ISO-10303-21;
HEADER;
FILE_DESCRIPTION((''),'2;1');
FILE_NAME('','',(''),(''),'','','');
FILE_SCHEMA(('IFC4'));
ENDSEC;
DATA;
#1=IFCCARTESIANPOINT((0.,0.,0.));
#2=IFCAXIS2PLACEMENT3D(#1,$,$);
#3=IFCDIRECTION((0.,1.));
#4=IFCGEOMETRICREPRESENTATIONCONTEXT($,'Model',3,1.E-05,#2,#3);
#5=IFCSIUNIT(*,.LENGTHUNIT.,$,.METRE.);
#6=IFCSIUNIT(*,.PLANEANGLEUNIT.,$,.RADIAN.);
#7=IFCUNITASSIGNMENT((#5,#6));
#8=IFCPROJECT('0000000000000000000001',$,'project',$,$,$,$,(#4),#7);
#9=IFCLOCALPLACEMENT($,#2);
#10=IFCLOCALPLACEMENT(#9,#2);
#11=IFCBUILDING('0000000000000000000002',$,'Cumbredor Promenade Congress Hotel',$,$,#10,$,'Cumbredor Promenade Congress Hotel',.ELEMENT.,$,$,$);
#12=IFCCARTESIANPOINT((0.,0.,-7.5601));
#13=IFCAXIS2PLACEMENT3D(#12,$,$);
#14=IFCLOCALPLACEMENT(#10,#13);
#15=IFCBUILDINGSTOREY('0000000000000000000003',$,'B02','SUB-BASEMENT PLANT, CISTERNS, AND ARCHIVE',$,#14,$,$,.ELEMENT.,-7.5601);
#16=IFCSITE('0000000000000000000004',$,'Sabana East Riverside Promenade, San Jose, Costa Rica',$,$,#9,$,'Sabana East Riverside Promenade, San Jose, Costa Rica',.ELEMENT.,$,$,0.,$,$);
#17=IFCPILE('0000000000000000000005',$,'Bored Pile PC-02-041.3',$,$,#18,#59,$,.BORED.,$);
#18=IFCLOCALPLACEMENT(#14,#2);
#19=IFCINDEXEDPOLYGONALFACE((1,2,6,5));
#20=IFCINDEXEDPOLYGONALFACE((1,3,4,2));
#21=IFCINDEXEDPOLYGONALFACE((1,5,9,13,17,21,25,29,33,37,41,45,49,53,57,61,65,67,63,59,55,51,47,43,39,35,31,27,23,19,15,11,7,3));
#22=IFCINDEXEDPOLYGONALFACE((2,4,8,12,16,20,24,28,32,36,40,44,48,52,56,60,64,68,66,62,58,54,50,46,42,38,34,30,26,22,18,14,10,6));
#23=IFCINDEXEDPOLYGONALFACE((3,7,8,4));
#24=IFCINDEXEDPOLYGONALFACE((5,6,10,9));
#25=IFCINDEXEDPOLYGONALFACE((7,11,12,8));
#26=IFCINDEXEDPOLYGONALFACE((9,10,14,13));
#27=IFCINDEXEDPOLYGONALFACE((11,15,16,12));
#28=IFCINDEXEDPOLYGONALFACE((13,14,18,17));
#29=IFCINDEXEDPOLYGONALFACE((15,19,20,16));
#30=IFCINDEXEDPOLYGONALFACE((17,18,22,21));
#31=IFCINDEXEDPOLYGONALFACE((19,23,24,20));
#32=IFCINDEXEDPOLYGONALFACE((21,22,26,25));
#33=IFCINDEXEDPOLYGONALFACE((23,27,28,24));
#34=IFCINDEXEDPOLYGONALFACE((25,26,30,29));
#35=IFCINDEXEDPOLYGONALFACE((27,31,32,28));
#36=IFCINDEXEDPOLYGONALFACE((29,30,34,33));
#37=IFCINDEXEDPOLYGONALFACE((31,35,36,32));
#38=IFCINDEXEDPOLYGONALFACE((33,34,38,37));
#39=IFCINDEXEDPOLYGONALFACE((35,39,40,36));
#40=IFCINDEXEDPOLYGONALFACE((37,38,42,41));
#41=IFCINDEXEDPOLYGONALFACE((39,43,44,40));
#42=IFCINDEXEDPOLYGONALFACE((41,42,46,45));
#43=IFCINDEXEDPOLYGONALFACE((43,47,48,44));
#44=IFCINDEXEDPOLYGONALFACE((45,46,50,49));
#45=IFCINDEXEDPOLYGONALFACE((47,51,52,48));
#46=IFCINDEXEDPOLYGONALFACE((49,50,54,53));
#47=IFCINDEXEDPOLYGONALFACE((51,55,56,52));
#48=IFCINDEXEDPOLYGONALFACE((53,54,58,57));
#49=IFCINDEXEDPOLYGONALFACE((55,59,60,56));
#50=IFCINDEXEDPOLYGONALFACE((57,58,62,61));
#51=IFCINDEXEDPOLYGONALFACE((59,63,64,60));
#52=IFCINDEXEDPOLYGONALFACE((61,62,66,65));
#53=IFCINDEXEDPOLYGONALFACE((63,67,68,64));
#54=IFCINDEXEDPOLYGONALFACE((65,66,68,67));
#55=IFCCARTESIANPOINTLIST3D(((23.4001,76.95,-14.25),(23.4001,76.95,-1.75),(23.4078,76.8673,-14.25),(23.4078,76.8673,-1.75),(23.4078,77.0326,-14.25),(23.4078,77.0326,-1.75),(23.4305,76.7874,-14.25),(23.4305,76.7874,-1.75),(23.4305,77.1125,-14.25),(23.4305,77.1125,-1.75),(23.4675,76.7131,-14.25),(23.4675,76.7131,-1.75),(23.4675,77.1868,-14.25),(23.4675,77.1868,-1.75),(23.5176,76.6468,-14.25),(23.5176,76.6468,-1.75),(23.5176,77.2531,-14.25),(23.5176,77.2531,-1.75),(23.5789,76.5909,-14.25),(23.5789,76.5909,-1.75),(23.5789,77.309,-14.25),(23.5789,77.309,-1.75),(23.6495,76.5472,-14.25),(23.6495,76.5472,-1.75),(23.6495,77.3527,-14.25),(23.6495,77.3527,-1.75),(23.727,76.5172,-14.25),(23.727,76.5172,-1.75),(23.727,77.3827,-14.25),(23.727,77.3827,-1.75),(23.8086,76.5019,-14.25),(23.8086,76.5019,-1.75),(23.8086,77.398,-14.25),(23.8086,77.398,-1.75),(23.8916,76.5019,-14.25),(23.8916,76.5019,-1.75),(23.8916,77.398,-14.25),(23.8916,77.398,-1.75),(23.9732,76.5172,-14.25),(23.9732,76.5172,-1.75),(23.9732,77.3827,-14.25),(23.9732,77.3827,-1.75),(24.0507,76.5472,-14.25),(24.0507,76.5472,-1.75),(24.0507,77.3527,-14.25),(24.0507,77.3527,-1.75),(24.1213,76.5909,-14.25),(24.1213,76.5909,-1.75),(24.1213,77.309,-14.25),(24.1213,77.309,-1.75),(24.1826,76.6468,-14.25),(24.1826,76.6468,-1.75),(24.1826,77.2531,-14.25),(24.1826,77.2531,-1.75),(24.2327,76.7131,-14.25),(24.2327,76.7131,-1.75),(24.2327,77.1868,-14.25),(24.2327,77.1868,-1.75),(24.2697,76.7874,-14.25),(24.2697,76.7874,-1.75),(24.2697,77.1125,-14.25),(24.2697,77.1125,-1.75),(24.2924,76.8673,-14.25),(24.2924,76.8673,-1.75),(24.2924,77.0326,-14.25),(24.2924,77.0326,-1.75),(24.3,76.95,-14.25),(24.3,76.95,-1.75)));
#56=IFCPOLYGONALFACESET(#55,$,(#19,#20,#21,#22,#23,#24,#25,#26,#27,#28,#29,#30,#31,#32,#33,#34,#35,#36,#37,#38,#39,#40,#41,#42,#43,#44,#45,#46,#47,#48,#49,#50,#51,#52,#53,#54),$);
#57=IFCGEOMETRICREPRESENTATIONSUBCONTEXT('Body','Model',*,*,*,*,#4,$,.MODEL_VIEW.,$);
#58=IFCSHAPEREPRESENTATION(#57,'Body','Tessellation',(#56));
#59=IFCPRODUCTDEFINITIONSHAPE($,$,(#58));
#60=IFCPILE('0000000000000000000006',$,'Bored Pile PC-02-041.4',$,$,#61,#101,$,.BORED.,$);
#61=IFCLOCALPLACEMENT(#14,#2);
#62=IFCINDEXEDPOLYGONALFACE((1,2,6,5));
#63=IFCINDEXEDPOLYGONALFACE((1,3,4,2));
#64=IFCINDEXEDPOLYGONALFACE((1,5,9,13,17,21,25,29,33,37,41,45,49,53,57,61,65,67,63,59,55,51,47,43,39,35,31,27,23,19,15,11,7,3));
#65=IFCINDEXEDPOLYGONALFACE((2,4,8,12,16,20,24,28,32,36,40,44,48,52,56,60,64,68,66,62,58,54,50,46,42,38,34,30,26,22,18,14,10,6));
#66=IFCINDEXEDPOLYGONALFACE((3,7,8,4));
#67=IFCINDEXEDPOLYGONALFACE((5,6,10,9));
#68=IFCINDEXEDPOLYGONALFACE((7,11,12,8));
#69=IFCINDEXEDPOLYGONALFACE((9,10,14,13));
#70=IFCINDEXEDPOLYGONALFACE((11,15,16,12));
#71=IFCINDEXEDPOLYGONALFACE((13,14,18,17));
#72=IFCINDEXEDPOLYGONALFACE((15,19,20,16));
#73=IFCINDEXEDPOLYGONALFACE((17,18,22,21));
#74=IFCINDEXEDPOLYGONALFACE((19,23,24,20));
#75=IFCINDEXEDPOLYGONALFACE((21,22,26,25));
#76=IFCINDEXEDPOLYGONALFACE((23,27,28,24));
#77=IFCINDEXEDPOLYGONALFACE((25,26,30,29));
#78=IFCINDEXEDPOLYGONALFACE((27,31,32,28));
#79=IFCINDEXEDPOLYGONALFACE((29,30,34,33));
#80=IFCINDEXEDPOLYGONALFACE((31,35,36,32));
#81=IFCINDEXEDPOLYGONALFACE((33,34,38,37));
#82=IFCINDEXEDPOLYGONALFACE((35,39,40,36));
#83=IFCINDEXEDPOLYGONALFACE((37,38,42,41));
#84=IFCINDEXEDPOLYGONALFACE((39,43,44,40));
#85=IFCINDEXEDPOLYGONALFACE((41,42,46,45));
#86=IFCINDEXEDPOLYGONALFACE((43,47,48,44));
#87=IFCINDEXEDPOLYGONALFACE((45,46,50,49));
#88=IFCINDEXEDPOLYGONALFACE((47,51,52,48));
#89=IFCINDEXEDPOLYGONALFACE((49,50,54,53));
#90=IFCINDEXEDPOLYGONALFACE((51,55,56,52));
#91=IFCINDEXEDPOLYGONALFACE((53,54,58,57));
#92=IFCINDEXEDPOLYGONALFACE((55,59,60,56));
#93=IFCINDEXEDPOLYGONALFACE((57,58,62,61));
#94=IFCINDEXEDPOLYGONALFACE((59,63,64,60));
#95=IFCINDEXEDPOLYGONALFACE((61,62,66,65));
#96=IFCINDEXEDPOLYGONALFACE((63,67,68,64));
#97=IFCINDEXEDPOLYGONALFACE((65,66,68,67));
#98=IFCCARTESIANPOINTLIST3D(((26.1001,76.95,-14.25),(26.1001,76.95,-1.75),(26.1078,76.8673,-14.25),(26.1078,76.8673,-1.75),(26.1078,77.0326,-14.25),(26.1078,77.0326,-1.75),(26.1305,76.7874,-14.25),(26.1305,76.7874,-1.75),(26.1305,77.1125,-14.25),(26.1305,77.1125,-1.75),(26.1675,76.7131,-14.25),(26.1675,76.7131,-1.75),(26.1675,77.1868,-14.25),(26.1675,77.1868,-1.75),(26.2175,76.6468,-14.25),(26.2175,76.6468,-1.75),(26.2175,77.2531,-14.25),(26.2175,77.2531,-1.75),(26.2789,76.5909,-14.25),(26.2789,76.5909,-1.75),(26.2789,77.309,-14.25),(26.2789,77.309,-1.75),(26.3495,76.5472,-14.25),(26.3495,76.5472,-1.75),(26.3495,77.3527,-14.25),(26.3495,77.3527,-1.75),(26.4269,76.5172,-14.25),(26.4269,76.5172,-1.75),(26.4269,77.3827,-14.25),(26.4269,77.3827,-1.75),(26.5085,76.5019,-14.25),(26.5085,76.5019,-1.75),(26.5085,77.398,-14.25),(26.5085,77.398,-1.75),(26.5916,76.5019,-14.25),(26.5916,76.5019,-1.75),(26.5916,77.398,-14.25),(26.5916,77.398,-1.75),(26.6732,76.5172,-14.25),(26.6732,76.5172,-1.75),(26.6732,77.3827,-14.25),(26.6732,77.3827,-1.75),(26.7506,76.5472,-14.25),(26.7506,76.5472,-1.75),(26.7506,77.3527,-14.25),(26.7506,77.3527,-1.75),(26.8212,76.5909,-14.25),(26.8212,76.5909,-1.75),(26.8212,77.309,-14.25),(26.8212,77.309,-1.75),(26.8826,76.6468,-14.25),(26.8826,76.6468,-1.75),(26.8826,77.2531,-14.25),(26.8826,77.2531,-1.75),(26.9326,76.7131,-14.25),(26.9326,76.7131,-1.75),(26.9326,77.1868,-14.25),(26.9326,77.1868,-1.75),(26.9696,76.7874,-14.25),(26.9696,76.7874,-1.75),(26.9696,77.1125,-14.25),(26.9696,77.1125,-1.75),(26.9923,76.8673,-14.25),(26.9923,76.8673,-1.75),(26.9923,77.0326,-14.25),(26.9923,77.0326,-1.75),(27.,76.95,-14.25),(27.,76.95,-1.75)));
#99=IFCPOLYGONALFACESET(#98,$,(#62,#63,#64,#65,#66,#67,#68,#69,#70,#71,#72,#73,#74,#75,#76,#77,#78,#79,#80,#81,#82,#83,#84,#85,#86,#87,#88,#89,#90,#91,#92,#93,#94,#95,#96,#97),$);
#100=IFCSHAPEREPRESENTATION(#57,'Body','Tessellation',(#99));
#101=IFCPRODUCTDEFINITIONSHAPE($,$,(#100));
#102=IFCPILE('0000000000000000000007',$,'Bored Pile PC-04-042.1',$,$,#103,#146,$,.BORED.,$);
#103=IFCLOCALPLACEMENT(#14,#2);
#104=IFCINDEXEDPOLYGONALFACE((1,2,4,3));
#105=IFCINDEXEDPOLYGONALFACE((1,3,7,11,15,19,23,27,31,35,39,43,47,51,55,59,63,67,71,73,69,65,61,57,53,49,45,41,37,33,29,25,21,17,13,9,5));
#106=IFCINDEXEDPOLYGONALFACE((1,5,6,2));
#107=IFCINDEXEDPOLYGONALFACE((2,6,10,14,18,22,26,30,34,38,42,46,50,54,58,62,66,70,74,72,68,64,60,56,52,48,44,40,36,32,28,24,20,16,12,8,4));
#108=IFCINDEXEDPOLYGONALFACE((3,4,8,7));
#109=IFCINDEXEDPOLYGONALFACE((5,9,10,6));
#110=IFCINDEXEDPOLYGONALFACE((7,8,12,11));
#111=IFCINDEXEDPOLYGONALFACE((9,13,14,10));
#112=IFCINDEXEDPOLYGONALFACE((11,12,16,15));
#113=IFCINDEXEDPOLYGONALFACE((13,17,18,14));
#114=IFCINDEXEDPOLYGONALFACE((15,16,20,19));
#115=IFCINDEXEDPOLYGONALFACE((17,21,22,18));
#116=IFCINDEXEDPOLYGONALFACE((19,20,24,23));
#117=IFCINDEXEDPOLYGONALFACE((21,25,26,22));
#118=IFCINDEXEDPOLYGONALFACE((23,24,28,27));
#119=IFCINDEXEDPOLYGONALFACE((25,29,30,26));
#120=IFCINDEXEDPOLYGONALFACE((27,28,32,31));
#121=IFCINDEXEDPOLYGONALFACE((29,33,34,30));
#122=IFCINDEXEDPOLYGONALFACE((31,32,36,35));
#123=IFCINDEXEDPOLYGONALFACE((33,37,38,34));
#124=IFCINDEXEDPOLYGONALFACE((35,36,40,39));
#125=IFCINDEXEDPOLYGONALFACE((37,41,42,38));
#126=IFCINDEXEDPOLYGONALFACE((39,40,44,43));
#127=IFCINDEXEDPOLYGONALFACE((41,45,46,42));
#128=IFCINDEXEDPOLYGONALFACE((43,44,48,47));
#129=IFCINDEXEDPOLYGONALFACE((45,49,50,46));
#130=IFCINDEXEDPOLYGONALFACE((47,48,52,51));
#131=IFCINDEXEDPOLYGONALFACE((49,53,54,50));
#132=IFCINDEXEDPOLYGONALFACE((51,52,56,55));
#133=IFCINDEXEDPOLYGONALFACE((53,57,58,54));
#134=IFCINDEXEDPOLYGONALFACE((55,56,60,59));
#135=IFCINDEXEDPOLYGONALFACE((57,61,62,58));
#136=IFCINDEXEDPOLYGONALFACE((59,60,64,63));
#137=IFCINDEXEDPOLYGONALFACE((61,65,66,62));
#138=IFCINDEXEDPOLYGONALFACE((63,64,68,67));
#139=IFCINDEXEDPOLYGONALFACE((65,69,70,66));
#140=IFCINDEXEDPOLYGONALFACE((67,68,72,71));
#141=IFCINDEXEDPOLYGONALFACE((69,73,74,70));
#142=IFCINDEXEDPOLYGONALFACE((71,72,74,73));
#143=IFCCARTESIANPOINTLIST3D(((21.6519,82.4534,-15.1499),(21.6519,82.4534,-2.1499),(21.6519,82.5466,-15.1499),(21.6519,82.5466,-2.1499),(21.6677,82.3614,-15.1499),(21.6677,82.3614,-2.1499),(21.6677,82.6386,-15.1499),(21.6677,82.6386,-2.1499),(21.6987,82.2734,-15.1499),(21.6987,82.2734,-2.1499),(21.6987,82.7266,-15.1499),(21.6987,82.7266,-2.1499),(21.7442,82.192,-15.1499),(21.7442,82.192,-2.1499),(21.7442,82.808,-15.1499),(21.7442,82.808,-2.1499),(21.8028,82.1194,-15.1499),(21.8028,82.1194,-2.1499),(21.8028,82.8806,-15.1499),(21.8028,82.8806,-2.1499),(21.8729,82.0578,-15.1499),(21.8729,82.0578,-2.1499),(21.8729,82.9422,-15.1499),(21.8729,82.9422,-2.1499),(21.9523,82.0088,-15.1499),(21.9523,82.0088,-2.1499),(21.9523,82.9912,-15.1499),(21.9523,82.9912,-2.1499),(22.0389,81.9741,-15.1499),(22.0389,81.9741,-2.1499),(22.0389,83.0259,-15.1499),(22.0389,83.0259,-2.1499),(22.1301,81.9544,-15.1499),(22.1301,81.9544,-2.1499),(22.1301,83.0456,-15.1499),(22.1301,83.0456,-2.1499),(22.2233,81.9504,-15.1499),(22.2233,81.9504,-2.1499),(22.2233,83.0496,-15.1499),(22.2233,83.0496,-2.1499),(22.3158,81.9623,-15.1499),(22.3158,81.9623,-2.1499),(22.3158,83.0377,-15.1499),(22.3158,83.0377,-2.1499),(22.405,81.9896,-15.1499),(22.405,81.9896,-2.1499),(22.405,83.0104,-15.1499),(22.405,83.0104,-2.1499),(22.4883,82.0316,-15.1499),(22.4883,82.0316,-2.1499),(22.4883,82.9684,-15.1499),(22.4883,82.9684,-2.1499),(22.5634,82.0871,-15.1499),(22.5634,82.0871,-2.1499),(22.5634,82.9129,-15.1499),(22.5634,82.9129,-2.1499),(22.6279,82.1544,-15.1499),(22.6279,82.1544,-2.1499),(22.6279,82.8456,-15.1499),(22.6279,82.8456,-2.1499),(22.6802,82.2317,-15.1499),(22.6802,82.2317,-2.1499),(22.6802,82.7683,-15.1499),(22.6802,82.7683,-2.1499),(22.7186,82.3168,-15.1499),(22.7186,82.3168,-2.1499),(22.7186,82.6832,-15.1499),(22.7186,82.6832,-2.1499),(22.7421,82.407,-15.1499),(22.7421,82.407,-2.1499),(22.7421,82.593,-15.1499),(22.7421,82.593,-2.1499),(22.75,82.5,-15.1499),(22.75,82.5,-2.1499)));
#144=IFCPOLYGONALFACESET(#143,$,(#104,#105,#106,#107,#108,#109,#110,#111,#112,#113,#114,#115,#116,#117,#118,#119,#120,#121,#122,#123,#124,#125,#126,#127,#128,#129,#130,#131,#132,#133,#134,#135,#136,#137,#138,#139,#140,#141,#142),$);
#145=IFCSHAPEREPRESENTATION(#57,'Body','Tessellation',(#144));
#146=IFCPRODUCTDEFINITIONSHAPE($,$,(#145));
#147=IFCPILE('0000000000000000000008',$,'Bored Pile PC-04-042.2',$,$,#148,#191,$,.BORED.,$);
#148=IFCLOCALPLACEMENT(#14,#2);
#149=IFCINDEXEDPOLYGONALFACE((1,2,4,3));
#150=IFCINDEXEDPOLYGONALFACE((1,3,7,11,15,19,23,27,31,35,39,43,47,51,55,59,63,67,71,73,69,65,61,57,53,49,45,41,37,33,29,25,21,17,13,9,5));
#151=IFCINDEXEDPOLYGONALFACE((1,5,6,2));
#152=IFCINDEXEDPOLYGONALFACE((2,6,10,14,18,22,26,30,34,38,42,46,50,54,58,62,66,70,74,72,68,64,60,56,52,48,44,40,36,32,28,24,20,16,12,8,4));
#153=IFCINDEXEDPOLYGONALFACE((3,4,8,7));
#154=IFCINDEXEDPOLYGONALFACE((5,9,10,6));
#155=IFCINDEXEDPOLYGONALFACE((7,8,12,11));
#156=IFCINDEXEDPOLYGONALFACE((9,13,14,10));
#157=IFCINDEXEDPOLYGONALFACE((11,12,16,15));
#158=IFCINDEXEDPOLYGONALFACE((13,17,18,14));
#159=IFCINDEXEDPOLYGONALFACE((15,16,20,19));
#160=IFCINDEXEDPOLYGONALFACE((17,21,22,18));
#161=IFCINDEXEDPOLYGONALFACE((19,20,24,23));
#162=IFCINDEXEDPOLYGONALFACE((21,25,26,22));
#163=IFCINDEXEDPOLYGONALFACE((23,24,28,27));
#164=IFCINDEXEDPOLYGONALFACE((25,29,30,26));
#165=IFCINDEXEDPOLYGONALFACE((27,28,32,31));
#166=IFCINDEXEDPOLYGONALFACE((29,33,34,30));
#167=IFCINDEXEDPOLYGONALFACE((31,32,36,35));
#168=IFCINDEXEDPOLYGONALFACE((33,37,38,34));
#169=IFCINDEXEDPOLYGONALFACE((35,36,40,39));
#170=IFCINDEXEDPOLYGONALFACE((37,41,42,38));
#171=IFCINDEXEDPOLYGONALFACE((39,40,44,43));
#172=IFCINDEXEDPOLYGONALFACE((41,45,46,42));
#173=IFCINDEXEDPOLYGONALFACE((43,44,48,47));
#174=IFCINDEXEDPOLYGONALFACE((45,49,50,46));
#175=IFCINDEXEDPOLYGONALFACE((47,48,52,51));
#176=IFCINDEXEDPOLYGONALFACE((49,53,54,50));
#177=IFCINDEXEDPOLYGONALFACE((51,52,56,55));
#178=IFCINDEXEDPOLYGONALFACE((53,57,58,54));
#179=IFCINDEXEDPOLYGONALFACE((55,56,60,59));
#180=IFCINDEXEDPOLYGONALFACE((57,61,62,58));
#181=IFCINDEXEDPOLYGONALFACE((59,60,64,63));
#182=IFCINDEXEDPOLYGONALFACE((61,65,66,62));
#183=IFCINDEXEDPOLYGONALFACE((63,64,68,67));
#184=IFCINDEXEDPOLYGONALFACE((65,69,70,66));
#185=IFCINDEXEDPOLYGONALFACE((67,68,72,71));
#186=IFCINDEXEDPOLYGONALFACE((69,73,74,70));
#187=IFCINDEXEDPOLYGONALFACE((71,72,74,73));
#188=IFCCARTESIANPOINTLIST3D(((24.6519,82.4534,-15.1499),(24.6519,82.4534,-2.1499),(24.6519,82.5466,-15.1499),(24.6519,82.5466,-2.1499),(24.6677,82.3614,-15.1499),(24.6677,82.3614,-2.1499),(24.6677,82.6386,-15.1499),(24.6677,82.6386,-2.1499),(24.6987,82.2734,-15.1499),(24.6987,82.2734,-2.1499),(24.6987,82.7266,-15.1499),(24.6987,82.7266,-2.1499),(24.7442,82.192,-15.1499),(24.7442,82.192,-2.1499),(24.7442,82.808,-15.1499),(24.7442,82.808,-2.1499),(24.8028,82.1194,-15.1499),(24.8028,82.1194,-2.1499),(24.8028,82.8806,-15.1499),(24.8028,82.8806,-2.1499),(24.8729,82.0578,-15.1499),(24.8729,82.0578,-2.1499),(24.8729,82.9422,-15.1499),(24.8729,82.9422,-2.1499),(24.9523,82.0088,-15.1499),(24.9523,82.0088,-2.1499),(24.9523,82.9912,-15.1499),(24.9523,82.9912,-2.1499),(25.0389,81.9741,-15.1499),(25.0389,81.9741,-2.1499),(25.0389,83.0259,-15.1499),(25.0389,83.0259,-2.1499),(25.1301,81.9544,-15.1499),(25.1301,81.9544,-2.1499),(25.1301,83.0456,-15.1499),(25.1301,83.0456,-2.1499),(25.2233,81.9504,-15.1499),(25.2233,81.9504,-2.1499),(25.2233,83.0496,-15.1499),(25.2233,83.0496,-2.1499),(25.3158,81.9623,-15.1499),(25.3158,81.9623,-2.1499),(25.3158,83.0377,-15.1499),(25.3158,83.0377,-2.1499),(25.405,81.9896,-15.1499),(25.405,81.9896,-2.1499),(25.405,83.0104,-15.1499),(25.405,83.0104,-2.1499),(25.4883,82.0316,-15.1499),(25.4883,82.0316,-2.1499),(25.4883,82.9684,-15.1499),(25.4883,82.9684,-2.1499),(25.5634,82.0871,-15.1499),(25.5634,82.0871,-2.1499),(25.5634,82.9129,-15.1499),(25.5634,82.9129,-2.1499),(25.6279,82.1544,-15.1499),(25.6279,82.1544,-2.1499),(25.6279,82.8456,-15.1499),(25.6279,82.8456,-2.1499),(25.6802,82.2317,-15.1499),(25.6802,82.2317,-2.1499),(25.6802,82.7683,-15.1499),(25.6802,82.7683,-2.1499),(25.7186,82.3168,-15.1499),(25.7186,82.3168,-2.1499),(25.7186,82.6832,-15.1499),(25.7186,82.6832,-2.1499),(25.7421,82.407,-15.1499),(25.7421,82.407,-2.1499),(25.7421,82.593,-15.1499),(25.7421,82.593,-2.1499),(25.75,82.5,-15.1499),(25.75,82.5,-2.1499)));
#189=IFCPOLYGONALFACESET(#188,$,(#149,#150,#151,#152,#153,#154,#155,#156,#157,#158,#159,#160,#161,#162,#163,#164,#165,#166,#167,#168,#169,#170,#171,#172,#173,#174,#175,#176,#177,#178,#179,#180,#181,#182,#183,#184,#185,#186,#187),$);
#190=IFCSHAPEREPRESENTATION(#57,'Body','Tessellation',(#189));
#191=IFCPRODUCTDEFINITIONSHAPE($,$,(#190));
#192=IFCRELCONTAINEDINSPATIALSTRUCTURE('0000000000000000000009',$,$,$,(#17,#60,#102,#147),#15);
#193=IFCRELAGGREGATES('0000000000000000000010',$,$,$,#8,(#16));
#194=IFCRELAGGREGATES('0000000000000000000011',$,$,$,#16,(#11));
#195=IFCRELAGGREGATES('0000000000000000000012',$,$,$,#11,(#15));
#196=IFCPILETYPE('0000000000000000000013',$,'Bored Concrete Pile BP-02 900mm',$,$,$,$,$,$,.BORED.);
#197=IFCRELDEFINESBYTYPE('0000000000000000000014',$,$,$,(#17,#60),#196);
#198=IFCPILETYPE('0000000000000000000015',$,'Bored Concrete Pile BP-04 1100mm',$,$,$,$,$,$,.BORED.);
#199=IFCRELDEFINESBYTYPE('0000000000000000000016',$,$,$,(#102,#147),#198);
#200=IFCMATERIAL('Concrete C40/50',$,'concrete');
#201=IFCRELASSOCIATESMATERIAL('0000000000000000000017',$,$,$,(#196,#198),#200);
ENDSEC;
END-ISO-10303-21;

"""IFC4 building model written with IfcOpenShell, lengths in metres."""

from ifc_helpers import new_model, si_unit, direction, frame, origin, origin_2d, place, context, subcontext, project, spatial, circle, extrude, material, material_profile, profile_set, type_object, element, save


model = new_model("IFC4")

# Units and contexts
model_context = context("Model", 3, precision=1e-05, world=origin(), true_north=direction((0.0, 1.0)))
body_context = subcontext(model_context, "Body", "Model", "MODEL_VIEW")
ifc_project = project(units=[si_unit("LENGTHUNIT", "METRE"), si_unit("PLANEANGLEUNIT", "RADIAN")], contexts=[model_context])

# Site, building, storey
site_placement = place(None, origin())
site = spatial("IfcSite", under=ifc_project, at=site_placement, Name="Sabana East Riverside Promenade, San Jose, Costa Rica", LongName="Sabana East Riverside Promenade, San Jose, Costa Rica", CompositionType="ELEMENT", RefElevation=0.0)
building_placement = place(site_placement, origin())
building = spatial("IfcBuilding", under=site, at=building_placement, Name="Cumbredor Promenade Congress Hotel", LongName="Cumbredor Promenade Congress Hotel", CompositionType="ELEMENT")
storey_placement = place(building_placement, frame((0.0, 0.0, -7.5601)))
storey = spatial("IfcBuildingStorey", under=building, at=storey_placement, Name="B02", Description="SUB-BASEMENT PLANT, CISTERNS, AND ARCHIVE", CompositionType="ELEMENT", Elevation=-7.5601)

# Piles
ifc_material_1 = material(Name="Concrete C40/50", Category="concrete")
ifc_material_profile_1 = material_profile(ifc_material_1, circle(Radius=0.45, at=origin_2d()), Name="PILE D900")
ifc_profile_set_1 = profile_set([ifc_material_profile_1], Name="Concrete C40/50")
pile_type_1 = type_object("IfcPileType", Name="Bored Concrete Pile BP-02 900mm", PredefinedType="BORED", material=ifc_profile_set_1)
for number, where, z_axis, x_axis, name in (
    (1, (23.8501, 76.95, -1.75), (0.0, 0.0, -1.0), (1.0, 0.0, 0.0), "Bored Pile PC-02-041.3"),
    (2, (26.55, 76.95, -1.75), (0.0, 0.0, -1.0), (1.0, 0.0, 0.0), "Bored Pile PC-02-041.4"),
):
    element("IfcPile", number, at=place(storey_placement, frame(where, z_axis=z_axis, x_axis=x_axis)), inside=storey, type_object=pile_type_1, Name=name, PredefinedType="BORED", context=body_context, shape_type="SweptSolid", body=[
        extrude(circle(Radius=0.45, at=origin_2d()), origin(), (0.0, 0.0, 1.0), 12.5),
    ])
ifc_material_profile_2 = material_profile(ifc_material_1, circle(Radius=0.55, at=origin_2d()), Name="PILE D1100")
ifc_profile_set_2 = profile_set([ifc_material_profile_2], Name="Concrete C40/50")
pile_type_2 = type_object("IfcPileType", Name="Bored Concrete Pile BP-04 1100mm", PredefinedType="BORED", material=ifc_profile_set_2)
for number, where, z_axis, x_axis, name in (
    (3, (22.2, 82.5, -2.1499), (0.0, 0.0, -1.0), (1.0, 0.0, 0.0), "Bored Pile PC-04-042.1"),
    (4, (25.2, 82.5, -2.1499), (0.0, 0.0, -1.0), (1.0, 0.0, 0.0), "Bored Pile PC-04-042.2"),
):
    element("IfcPile", number, at=place(storey_placement, frame(where, z_axis=z_axis, x_axis=x_axis)), inside=storey, type_object=pile_type_2, Name=name, PredefinedType="BORED", context=body_context, shape_type="SweptSolid", body=[
        extrude(circle(Radius=0.55, at=origin_2d()), origin(), (0.0, 0.0, 1.0), 13.0),
    ])

save(model, "model.ifc")
